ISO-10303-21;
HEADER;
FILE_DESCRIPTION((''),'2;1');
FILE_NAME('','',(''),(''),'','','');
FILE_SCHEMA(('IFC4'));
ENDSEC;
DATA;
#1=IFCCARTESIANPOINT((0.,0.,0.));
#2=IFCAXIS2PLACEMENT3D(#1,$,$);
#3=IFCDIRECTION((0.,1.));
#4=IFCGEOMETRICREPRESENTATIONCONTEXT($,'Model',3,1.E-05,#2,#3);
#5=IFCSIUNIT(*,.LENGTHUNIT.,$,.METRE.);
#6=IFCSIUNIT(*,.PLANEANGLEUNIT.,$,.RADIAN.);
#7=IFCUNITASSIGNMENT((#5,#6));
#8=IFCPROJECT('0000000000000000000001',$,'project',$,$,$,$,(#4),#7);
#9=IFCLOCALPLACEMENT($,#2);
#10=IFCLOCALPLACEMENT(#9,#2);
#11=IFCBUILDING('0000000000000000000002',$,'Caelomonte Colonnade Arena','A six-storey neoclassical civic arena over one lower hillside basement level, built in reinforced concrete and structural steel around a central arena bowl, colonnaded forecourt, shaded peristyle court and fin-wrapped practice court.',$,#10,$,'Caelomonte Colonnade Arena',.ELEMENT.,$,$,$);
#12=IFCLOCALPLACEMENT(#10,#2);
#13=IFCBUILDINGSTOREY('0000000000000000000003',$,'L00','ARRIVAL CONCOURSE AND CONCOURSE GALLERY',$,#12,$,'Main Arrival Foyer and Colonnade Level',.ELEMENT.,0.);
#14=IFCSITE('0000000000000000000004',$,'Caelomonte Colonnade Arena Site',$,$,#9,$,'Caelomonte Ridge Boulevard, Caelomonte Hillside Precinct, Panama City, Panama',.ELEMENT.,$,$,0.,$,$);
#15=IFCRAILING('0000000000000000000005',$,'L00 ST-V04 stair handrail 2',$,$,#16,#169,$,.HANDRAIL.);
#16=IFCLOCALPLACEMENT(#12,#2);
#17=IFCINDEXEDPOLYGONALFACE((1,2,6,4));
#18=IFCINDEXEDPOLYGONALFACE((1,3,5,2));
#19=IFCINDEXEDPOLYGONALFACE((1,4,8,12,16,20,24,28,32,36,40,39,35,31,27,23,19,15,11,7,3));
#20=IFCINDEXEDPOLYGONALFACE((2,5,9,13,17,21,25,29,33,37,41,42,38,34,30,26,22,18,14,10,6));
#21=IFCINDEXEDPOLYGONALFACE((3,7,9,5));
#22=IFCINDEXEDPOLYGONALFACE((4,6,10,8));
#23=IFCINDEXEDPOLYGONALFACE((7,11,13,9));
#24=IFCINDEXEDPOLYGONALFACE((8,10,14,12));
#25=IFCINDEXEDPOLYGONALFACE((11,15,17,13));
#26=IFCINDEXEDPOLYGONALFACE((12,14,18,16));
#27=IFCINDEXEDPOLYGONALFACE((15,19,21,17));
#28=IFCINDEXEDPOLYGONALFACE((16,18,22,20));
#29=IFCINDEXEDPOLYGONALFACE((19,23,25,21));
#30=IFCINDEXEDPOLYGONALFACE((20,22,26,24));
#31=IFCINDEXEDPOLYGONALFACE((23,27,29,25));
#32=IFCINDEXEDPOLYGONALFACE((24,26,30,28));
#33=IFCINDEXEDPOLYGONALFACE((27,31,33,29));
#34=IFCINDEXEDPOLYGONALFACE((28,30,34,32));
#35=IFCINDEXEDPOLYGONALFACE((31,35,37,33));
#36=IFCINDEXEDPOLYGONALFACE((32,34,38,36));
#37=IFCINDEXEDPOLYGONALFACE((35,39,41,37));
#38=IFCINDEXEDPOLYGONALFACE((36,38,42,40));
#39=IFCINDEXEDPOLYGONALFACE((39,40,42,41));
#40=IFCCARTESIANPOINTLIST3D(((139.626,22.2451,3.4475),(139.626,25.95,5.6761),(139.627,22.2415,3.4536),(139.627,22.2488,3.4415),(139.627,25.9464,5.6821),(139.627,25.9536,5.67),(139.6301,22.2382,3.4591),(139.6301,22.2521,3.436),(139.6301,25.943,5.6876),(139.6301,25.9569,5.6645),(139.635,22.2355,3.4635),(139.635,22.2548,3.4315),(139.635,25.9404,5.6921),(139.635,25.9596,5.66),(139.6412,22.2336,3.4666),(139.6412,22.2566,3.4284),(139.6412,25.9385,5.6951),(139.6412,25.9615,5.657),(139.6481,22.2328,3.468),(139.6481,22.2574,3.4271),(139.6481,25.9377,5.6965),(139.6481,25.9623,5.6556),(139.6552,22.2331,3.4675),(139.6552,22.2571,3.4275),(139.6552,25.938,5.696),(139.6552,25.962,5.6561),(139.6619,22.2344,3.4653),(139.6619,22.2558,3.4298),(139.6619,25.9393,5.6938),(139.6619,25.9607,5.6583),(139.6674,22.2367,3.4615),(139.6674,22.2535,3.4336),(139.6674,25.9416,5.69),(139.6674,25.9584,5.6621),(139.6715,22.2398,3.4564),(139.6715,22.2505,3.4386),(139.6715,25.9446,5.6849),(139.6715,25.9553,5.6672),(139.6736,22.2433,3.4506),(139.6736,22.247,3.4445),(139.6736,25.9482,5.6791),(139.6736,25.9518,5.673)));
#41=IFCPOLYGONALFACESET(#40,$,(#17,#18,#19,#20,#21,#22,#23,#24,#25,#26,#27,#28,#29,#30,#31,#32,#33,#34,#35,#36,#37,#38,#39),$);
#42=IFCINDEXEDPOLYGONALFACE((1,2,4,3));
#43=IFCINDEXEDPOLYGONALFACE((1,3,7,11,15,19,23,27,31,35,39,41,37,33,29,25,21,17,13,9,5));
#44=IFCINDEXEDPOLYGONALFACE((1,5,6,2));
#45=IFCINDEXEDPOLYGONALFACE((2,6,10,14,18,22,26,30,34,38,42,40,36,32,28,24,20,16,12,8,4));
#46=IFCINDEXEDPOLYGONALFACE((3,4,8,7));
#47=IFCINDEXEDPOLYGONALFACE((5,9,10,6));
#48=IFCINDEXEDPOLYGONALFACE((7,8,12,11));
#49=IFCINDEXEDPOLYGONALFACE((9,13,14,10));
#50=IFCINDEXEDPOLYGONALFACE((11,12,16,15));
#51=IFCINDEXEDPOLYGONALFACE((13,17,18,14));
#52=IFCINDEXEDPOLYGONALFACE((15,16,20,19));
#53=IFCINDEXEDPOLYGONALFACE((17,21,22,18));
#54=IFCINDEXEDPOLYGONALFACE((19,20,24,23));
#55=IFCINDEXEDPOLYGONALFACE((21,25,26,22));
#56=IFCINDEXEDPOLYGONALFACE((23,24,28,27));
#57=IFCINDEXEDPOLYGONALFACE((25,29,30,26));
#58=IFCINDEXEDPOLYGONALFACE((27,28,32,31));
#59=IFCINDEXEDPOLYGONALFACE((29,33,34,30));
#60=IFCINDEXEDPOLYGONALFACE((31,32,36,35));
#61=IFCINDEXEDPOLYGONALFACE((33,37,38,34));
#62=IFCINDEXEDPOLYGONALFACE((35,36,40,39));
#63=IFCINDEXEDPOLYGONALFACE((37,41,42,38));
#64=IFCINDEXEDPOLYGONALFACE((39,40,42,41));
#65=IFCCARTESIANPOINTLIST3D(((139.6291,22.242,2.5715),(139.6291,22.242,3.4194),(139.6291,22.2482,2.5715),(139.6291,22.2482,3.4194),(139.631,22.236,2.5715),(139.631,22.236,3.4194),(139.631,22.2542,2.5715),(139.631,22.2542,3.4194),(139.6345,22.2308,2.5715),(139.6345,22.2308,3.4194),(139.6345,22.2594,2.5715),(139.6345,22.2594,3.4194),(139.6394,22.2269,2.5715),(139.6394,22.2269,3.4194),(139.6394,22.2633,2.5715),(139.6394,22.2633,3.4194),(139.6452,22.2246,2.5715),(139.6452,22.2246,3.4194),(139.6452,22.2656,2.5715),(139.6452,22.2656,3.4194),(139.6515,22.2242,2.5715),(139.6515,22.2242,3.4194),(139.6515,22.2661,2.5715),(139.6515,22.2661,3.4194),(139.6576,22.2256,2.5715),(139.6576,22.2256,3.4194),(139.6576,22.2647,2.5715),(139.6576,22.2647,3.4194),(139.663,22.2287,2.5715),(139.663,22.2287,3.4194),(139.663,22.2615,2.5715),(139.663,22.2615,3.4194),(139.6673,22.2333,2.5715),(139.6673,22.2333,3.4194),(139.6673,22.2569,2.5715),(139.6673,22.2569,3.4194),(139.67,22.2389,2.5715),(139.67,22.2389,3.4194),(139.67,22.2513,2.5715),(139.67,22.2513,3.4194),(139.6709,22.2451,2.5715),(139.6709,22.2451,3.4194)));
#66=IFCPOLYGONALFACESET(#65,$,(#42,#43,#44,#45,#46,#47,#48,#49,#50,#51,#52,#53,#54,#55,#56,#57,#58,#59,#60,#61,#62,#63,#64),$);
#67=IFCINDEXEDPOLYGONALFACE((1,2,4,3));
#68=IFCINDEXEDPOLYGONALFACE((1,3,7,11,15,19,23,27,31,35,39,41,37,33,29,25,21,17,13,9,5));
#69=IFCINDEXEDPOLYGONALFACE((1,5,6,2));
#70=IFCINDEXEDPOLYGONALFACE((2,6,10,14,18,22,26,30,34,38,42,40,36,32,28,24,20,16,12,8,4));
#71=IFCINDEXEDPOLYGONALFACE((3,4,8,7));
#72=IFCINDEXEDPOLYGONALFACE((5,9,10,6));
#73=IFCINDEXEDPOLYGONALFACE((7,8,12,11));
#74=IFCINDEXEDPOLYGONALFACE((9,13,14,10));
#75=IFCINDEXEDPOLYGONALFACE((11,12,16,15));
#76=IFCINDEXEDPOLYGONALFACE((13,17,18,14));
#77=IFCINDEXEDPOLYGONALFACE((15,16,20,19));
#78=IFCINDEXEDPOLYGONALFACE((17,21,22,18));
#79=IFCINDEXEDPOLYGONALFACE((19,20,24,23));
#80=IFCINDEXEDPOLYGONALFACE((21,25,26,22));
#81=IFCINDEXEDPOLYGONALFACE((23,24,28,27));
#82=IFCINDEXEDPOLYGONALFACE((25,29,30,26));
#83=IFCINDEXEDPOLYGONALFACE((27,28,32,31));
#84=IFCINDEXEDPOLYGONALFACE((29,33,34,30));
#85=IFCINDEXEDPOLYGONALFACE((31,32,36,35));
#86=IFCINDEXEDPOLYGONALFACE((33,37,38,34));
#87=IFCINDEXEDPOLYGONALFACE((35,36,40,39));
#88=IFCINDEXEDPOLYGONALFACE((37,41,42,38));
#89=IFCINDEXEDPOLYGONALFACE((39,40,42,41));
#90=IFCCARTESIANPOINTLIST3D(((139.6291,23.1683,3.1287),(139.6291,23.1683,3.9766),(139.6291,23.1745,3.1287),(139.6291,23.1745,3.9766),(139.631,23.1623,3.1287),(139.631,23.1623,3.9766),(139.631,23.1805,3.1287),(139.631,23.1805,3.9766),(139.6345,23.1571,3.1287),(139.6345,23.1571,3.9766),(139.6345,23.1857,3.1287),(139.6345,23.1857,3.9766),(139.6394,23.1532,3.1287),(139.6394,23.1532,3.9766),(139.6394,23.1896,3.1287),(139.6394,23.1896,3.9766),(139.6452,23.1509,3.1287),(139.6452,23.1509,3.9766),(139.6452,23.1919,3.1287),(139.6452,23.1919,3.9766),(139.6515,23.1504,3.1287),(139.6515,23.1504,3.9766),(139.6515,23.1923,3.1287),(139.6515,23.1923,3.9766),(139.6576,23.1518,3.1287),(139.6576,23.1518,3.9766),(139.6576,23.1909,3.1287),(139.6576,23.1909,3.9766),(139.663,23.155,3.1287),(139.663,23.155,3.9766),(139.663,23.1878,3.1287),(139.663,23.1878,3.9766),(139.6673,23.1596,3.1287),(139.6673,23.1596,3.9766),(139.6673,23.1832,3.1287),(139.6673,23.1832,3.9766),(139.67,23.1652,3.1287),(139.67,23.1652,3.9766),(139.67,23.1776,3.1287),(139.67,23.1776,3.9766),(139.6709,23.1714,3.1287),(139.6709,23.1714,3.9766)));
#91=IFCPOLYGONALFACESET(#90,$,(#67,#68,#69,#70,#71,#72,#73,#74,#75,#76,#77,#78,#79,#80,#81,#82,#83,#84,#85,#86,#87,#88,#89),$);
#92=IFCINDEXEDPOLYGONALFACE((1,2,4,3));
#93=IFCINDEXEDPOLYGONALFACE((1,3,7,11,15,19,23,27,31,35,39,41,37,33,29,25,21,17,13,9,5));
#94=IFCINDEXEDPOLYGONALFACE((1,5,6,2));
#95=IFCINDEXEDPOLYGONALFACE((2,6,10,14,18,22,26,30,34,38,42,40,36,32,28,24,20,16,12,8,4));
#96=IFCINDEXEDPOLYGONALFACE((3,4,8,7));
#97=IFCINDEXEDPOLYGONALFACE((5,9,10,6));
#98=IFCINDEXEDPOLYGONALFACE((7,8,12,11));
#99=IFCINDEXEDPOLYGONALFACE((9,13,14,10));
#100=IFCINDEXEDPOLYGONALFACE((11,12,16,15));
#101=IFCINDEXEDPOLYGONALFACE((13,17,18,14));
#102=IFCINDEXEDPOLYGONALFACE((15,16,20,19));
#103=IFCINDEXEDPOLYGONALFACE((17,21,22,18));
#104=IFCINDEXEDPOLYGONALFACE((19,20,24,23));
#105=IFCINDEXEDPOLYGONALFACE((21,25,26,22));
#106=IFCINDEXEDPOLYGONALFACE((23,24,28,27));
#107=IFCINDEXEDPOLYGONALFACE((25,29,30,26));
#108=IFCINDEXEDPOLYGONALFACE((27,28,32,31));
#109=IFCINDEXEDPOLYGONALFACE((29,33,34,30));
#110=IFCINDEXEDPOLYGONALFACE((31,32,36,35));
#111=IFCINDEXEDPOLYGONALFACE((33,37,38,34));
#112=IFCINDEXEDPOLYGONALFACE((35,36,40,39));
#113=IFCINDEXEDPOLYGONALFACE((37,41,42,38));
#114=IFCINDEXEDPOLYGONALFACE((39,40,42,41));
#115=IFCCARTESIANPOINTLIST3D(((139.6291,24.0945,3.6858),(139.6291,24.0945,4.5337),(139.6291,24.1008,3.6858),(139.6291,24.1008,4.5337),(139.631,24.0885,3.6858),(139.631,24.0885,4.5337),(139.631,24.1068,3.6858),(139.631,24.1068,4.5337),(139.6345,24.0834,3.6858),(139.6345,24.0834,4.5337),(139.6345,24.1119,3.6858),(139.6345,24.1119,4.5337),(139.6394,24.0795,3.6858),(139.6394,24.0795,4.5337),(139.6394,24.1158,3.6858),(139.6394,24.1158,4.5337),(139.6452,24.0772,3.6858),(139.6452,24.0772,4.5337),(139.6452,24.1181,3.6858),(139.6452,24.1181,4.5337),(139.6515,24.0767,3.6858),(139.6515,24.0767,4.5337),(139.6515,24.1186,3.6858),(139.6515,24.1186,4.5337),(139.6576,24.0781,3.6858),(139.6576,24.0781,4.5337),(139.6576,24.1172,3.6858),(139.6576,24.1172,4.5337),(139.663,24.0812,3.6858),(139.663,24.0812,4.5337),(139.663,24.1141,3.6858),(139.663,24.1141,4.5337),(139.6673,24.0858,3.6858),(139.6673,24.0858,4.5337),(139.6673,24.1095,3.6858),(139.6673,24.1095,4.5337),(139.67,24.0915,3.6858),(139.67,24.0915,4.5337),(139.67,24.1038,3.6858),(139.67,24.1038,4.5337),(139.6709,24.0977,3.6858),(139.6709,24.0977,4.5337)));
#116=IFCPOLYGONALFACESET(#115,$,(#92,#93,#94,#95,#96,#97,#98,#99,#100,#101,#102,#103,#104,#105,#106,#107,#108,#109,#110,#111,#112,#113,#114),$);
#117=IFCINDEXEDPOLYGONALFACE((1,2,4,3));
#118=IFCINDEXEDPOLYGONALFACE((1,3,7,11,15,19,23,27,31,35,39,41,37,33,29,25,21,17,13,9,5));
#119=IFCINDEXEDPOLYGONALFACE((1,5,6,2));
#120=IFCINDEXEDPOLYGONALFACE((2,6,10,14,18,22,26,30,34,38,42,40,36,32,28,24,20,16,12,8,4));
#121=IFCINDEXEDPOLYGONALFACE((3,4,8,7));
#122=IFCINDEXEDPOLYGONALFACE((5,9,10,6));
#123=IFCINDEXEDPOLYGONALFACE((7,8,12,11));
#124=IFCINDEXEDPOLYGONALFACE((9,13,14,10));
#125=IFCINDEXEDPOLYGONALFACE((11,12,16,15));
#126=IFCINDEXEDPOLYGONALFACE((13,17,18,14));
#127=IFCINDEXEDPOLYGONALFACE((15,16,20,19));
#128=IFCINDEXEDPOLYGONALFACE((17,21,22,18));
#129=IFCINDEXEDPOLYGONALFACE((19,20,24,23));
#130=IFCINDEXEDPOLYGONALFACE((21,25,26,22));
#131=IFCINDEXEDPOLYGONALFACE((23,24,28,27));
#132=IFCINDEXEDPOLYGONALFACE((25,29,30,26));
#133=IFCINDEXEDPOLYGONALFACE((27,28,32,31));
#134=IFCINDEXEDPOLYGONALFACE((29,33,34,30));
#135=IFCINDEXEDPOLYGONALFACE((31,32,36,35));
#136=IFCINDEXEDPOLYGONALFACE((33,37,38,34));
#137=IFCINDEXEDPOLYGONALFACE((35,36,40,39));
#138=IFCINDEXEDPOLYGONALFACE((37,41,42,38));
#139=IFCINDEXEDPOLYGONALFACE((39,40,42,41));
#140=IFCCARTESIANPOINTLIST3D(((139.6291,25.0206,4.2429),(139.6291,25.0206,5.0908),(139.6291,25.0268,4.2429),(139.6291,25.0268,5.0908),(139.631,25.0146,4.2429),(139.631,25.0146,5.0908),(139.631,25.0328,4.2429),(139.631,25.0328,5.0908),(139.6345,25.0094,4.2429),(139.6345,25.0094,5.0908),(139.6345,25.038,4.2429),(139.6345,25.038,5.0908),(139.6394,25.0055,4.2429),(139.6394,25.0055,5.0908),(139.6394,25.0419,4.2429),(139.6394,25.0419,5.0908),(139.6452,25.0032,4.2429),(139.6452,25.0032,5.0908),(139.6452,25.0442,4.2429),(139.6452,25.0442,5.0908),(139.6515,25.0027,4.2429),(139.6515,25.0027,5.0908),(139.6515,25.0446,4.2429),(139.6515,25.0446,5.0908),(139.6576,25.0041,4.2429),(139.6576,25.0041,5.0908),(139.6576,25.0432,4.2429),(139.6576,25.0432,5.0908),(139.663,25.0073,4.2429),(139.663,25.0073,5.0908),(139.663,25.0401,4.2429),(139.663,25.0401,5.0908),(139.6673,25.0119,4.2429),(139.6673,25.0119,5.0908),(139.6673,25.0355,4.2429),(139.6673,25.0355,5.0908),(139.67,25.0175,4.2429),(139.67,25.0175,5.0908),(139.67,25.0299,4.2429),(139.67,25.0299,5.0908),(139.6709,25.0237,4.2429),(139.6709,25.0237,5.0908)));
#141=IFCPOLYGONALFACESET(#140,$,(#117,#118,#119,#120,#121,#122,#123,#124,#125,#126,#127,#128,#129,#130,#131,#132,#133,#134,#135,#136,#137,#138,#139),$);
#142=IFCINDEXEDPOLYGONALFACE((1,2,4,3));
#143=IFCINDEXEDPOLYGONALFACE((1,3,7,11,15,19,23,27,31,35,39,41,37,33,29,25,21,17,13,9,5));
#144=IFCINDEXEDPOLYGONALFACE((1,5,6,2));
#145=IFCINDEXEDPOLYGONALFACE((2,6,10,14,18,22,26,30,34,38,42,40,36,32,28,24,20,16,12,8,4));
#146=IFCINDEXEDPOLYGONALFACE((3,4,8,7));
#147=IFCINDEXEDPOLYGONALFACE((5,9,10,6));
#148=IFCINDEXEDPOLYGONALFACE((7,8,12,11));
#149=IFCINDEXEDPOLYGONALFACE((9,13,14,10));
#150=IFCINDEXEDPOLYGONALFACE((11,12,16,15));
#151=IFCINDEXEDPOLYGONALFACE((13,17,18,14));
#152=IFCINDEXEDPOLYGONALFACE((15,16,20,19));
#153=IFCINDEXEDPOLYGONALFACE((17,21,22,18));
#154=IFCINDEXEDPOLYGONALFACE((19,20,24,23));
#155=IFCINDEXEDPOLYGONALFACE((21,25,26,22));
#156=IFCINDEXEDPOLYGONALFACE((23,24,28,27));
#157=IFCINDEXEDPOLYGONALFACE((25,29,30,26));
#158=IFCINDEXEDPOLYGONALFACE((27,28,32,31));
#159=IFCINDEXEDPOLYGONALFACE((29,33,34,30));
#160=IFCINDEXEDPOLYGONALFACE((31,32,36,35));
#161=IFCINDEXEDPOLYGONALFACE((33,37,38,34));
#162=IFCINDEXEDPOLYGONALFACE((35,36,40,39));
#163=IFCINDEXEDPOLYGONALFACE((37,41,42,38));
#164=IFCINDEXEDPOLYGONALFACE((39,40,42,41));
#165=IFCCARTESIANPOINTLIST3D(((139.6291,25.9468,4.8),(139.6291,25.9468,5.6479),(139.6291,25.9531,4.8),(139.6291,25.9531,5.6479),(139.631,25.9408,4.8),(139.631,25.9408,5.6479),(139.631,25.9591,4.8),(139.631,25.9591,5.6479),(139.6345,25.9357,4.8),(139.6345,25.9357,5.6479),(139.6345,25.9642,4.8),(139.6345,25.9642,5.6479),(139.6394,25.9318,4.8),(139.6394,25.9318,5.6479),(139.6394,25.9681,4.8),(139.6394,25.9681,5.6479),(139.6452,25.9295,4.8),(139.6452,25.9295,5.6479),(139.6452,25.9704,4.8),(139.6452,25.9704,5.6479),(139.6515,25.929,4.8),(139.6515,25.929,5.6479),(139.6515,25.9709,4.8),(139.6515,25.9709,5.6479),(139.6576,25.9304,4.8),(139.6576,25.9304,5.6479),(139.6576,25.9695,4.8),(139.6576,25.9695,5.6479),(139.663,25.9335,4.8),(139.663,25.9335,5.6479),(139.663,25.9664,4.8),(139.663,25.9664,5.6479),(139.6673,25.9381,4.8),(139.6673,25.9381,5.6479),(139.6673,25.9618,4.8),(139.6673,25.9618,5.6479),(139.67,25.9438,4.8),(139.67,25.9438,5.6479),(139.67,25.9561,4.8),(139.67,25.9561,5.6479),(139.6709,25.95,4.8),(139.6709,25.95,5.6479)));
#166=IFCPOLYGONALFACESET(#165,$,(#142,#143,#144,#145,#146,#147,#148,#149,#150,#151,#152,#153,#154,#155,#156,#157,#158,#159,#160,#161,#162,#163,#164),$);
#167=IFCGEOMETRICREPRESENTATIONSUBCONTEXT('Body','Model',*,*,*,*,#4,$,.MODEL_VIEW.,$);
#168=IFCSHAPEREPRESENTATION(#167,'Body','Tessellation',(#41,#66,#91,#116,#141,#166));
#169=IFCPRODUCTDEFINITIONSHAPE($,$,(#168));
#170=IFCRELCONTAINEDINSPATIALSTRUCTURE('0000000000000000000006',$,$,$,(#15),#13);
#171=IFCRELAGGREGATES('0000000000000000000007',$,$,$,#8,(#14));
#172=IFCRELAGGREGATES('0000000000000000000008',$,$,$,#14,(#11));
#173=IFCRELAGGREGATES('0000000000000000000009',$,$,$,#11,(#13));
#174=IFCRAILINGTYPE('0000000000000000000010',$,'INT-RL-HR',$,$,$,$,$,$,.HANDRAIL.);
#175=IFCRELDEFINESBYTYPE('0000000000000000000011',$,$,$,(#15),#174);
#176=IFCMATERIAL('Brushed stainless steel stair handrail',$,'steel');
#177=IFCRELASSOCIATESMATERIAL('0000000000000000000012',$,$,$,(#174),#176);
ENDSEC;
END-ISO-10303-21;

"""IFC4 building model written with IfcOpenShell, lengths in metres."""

from ifc_helpers import new_model, si_unit, direction, frame, origin, origin_2d, place, context, subcontext, project, spatial, circle, extrude, material, type_object, element, save


model = new_model("IFC4")

# Units and contexts
model_context = context("Model", 3, precision=1e-05, world=origin(), true_north=direction((0.0, 1.0)))
body_context = subcontext(model_context, "Body", "Model", "MODEL_VIEW")
ifc_project = project(units=[si_unit("LENGTHUNIT", "METRE"), si_unit("PLANEANGLEUNIT", "RADIAN")], contexts=[model_context])

# Site, building, storey
site_placement = place(None, origin())
site = spatial("IfcSite", under=ifc_project, at=site_placement, Name="Caelomonte Colonnade Arena Site", LongName="Caelomonte Ridge Boulevard, Caelomonte Hillside Precinct, Panama City, Panama", CompositionType="ELEMENT", RefElevation=0.0)
building_placement = place(site_placement, origin())
building = spatial("IfcBuilding", under=site, at=building_placement, Name="Caelomonte Colonnade Arena", Description="A six-storey neoclassical civic arena over one lower hillside basement level, built in reinforced concrete and structural steel around a central arena bowl, colonnaded forecourt, shaded peristyle court and fin-wrapped practice court.", LongName="Caelomonte Colonnade Arena", CompositionType="ELEMENT")
storey_placement = place(building_placement, origin())
storey = spatial("IfcBuildingStorey", under=building, at=storey_placement, Name="L00", Description="ARRIVAL CONCOURSE AND CONCOURSE GALLERY", LongName="Main Arrival Foyer and Colonnade Level", CompositionType="ELEMENT", Elevation=0.0)

# Railing
ifc_material_1 = material(Name="Brushed stainless steel stair handrail", Category="steel")
railing_type_1 = type_object("IfcRailingType", Name="INT-RL-HR", PredefinedType="HANDRAIL", material=ifc_material_1)
railing_1_placement = place(storey_placement, frame((139.6499, 22.2451, 2.5715)))
element("IfcRailing", 1, at=railing_1_placement, inside=storey, type_object=railing_type_1, Name="L00 ST-V04 stair handrail 2", PredefinedType="HANDRAIL", context=body_context, shape_type="SweptSolid", body=[
    extrude(circle(Radius=0.0239, at=origin_2d()), frame((0.0, 0.0, 0.876), z_axis=(0.0, 0.856919, 0.51545), x_axis=(-1.0, 0.0, 0.0)), (0.0, 0.0, 1.0), 4.3235),
    extrude(circle(Radius=0.021, at=origin_2d()), origin(), (0.0, 0.0, 1.0), 0.8479),
    extrude(circle(Radius=0.021, at=origin_2d()), frame((0.0, 0.9263, 0.5571)), (0.0, 0.0, 1.0), 0.8479),
    extrude(circle(Radius=0.021, at=origin_2d()), frame((0.0, 1.8525, 1.1143)), (0.0, 0.0, 1.0), 0.8479),
    extrude(circle(Radius=0.021, at=origin_2d()), frame((0.0, 2.7786, 1.6714)), (0.0, 0.0, 1.0), 0.8479),
    extrude(circle(Radius=0.021, at=origin_2d()), frame((0.0, 3.7048, 2.2285)), (0.0, 0.0, 1.0), 0.8479),
])

save(model, "model.ifc")
